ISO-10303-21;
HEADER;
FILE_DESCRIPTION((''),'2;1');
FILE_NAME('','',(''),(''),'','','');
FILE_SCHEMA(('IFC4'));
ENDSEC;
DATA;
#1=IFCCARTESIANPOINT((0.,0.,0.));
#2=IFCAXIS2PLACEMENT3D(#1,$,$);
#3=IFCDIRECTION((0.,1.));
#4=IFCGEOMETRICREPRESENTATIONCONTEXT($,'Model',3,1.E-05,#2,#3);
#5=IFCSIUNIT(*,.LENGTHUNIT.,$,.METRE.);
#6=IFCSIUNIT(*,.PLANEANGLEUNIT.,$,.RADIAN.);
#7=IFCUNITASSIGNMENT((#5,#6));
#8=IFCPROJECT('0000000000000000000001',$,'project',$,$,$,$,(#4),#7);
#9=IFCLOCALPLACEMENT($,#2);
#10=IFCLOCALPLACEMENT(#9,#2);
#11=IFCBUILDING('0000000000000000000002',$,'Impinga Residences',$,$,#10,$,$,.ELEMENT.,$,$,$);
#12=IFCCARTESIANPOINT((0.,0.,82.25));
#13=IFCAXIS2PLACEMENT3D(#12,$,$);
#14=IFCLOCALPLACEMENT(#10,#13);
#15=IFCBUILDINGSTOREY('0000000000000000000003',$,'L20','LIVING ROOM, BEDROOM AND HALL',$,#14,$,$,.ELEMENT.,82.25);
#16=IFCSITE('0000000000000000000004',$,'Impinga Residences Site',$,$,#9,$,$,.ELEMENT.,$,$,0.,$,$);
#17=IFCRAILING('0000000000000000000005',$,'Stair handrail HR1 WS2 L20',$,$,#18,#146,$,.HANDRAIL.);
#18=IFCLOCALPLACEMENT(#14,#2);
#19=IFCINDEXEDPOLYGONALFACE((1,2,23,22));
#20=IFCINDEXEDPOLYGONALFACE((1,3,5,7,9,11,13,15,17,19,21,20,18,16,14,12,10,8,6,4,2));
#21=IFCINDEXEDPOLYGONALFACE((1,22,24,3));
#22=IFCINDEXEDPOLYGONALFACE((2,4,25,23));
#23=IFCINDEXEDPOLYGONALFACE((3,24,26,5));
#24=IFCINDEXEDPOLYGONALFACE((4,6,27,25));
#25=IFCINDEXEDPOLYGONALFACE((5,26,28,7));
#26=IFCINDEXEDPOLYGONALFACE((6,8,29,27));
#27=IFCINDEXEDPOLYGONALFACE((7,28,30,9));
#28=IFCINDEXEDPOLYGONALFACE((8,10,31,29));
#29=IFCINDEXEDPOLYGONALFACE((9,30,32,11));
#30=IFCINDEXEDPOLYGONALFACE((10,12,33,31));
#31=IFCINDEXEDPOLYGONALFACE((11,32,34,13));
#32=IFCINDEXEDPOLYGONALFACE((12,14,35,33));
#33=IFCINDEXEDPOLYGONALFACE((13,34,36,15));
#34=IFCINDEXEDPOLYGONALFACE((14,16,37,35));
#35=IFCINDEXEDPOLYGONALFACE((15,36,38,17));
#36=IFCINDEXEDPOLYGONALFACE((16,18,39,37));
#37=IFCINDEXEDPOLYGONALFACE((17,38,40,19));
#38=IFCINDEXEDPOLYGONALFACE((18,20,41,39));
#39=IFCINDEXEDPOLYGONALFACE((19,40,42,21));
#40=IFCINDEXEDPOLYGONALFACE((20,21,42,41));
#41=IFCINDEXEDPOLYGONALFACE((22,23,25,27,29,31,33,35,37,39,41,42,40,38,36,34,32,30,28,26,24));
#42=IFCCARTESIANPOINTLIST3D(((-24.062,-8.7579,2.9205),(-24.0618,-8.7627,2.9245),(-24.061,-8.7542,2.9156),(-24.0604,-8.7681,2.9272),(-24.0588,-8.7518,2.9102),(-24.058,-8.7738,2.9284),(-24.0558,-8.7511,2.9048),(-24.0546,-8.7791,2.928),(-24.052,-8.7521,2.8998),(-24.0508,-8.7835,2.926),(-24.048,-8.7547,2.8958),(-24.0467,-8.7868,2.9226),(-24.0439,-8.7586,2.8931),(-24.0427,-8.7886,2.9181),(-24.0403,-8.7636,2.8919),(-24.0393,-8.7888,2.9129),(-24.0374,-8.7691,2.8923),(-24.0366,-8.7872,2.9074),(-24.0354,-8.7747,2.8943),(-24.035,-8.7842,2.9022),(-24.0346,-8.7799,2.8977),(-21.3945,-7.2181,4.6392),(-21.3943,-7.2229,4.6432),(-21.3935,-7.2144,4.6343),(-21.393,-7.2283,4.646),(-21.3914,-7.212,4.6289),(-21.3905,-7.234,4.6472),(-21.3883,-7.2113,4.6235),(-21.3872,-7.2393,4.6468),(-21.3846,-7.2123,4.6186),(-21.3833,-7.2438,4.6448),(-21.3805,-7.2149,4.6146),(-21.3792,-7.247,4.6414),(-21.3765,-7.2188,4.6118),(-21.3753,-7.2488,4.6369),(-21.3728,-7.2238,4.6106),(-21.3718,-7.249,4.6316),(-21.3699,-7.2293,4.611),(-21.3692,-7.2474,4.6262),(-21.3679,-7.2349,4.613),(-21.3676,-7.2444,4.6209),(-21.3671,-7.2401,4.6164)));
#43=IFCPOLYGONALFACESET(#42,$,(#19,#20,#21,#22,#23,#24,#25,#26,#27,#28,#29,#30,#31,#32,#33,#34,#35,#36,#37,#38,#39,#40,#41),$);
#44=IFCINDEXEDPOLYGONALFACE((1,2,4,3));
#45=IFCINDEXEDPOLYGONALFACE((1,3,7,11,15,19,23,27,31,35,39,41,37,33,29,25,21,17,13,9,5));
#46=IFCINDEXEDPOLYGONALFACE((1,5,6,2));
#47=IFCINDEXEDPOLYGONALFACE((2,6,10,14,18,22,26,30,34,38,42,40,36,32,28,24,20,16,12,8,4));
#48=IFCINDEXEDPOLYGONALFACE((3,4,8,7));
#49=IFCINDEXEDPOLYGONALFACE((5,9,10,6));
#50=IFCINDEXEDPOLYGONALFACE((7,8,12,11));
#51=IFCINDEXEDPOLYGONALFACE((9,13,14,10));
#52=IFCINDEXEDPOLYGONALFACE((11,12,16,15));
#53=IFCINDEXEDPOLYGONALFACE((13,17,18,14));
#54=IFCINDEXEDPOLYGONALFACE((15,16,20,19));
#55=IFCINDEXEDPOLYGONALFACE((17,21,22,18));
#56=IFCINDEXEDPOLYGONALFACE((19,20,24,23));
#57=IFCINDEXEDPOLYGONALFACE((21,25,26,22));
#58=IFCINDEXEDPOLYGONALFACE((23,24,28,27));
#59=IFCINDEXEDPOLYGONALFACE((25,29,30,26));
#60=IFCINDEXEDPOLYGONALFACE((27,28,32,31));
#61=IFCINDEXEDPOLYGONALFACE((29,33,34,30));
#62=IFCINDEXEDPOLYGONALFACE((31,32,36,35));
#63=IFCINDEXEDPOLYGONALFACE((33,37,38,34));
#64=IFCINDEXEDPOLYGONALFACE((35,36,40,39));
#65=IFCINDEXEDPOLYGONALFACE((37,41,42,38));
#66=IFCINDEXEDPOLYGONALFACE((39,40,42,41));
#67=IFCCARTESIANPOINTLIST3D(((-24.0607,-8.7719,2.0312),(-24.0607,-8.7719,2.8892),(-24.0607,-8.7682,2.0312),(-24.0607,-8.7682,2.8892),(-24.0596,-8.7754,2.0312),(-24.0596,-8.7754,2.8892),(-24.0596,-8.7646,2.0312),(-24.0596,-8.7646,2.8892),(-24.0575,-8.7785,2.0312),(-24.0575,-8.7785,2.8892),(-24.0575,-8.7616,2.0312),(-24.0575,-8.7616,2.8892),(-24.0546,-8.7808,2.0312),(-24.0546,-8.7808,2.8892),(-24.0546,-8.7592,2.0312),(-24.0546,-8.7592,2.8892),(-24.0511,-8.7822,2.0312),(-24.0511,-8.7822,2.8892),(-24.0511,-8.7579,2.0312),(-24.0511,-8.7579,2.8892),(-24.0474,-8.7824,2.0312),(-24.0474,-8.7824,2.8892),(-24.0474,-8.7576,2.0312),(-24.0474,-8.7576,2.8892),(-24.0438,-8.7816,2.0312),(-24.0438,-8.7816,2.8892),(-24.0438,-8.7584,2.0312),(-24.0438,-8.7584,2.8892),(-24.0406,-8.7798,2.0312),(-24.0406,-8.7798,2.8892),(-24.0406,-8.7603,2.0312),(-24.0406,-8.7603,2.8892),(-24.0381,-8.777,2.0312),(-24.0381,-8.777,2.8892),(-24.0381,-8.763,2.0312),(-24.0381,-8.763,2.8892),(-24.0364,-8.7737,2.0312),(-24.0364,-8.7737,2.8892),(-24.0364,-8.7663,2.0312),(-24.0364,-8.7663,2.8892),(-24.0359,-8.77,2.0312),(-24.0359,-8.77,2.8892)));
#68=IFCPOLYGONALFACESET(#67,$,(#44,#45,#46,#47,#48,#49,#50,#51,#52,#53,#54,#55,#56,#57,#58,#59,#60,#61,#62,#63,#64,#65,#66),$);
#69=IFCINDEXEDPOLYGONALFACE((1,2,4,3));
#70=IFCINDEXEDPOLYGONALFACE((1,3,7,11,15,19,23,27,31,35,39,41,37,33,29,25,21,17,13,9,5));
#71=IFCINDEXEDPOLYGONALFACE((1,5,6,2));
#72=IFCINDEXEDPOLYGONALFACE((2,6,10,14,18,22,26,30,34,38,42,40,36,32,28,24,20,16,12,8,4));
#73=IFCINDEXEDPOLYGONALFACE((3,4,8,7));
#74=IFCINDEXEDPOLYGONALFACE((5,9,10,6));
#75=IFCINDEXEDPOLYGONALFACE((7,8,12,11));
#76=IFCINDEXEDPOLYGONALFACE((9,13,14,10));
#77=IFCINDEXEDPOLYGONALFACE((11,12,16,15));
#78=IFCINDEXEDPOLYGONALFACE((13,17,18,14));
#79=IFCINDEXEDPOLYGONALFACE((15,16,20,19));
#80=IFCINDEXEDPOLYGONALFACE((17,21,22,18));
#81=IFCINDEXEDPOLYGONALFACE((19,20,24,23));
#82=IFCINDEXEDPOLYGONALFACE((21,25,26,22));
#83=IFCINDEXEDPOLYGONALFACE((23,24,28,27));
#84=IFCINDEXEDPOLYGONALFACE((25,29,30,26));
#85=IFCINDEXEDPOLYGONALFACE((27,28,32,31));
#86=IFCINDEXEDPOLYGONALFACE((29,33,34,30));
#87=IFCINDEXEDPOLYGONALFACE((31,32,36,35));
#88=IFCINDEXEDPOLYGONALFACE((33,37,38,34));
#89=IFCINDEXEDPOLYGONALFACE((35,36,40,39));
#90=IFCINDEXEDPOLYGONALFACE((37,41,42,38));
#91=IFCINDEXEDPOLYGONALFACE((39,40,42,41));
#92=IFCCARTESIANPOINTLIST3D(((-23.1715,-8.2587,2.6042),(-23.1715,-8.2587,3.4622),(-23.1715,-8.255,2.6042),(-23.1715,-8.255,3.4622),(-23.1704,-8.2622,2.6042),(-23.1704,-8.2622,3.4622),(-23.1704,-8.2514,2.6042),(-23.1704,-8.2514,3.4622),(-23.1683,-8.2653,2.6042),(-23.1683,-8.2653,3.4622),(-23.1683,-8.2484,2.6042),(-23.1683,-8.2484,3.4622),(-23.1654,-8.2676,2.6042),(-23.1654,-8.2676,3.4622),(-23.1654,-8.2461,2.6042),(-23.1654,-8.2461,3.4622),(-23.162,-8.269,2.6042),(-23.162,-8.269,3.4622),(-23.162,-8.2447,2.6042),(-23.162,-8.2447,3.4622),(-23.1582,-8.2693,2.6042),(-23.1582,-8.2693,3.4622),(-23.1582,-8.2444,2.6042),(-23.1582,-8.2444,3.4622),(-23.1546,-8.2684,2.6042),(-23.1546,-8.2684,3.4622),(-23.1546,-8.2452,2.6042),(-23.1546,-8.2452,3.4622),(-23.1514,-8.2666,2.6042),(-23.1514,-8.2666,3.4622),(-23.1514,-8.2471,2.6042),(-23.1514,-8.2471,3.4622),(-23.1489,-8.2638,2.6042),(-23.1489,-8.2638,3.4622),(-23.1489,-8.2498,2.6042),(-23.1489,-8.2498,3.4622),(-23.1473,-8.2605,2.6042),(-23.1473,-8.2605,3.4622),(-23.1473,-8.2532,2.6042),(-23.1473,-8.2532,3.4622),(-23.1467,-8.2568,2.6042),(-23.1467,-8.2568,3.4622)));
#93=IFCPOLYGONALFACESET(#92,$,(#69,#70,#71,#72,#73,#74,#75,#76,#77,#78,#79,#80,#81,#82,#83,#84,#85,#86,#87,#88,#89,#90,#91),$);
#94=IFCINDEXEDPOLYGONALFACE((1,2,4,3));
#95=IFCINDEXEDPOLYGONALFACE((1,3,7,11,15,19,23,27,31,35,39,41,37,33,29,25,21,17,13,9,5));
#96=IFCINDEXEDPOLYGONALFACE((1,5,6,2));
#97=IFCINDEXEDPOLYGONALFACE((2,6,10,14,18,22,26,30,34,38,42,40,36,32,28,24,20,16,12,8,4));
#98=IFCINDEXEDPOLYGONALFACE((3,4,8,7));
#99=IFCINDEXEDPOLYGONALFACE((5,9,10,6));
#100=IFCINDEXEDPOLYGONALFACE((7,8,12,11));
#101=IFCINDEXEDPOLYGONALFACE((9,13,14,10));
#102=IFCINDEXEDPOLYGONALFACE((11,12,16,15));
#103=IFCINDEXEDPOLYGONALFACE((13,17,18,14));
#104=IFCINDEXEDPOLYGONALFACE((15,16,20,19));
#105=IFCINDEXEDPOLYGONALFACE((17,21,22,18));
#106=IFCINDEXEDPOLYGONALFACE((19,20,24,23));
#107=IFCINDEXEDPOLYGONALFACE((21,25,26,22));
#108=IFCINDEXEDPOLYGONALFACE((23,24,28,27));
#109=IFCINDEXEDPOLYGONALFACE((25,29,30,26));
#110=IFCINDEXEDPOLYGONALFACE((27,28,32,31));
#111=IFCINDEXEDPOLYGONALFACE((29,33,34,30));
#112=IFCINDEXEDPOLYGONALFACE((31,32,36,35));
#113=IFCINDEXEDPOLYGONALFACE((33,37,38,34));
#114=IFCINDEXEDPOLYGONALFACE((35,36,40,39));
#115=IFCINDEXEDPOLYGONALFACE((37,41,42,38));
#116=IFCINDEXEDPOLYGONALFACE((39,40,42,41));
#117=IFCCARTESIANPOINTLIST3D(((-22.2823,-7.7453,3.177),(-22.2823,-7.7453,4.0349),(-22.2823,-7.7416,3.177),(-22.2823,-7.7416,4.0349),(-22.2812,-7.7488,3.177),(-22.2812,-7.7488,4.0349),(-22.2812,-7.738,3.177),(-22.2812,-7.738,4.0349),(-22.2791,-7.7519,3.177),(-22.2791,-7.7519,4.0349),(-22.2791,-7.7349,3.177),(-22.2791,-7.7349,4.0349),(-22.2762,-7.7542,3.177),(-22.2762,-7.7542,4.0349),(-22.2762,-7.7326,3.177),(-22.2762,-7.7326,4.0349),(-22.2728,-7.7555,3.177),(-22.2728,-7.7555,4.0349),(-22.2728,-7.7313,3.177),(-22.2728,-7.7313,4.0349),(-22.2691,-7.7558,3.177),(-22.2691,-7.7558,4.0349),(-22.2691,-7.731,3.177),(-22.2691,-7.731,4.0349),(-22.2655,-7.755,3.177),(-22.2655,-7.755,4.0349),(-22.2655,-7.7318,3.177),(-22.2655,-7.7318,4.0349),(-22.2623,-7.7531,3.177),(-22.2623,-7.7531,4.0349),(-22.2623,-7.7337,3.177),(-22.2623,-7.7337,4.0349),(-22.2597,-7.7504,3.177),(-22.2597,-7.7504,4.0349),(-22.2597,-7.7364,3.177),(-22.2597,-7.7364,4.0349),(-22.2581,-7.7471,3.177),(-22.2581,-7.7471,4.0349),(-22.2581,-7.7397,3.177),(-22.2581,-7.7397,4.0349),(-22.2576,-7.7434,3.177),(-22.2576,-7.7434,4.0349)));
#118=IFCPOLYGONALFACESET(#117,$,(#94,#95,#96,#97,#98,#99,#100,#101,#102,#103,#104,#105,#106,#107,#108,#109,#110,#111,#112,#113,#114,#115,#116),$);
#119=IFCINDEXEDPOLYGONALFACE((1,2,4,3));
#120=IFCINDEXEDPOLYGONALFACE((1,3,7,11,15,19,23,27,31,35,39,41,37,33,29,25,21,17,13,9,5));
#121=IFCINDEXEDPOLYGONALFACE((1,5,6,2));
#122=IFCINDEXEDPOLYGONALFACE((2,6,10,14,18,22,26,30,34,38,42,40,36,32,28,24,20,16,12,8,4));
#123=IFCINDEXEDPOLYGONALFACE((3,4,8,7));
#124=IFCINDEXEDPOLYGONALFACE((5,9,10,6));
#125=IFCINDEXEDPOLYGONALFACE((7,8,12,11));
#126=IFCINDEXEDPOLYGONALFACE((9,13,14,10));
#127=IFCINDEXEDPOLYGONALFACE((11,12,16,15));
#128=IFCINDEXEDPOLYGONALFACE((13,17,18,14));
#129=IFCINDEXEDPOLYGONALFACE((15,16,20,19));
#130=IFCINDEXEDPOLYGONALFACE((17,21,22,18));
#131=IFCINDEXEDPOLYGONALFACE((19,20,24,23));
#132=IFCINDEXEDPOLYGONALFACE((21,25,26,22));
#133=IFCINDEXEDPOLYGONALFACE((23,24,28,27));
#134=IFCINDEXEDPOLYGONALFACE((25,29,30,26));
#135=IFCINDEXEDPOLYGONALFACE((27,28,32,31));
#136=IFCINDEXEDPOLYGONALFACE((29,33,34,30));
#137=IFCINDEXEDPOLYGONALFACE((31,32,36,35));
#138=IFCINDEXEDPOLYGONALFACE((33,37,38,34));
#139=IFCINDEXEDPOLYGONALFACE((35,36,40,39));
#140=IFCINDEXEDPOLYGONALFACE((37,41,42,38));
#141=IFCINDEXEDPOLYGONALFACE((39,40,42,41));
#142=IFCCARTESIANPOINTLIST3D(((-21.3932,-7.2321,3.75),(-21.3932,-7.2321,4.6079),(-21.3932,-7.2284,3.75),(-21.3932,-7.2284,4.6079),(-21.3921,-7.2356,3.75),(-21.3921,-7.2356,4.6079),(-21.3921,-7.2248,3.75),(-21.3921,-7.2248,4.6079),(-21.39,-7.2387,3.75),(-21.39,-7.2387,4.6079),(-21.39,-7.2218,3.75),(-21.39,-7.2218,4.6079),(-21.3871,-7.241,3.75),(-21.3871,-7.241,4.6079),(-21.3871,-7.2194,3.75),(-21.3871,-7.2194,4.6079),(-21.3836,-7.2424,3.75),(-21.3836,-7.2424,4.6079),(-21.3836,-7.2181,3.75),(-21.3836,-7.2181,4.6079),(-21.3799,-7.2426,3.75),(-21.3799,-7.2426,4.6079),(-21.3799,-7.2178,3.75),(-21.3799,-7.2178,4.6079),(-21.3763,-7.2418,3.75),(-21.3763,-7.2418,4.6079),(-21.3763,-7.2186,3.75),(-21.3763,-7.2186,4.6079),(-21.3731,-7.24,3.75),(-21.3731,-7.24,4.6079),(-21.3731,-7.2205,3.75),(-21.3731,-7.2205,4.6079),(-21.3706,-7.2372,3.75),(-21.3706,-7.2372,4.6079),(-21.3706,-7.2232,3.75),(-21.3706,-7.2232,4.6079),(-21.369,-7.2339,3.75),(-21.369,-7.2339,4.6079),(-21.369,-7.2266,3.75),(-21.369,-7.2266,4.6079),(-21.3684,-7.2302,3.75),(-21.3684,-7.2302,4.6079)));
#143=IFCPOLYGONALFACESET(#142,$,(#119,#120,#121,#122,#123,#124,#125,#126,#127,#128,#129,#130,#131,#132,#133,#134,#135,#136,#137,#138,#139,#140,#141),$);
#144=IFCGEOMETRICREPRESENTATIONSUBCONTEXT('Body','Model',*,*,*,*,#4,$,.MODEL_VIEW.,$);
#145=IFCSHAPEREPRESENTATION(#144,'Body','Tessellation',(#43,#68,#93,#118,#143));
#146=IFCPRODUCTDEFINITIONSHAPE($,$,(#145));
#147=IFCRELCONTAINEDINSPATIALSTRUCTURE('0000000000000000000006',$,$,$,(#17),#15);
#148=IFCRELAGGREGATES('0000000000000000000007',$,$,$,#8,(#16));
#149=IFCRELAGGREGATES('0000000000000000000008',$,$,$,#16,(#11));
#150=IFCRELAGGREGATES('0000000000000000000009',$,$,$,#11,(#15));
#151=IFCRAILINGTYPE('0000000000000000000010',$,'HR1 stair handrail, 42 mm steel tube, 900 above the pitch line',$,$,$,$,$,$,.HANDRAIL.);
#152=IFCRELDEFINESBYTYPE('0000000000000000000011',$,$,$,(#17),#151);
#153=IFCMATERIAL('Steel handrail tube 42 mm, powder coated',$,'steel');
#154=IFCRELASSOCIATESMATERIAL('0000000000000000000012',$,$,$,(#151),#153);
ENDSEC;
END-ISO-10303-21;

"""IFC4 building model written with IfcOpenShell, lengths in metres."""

from ifc_helpers import new_model, si_unit, direction, frame, origin, origin_2d, place, context, subcontext, project, spatial, circle, extrude, material, type_object, element, save


model = new_model("IFC4")

# Units and contexts
model_context = context("Model", 3, precision=1e-05, world=origin(), true_north=direction((0.0, 1.0)))
body_context = subcontext(model_context, "Body", "Model", "MODEL_VIEW")
ifc_project = project(units=[si_unit("LENGTHUNIT", "METRE"), si_unit("PLANEANGLEUNIT", "RADIAN")], contexts=[model_context])

# Site, building, storey
site_placement = place(None, origin())
site = spatial("IfcSite", under=ifc_project, at=site_placement, Name="Impinga Residences Site", CompositionType="ELEMENT", RefElevation=0.0)
building_placement = place(site_placement, origin())
building = spatial("IfcBuilding", under=site, at=building_placement, Name="Impinga Residences", CompositionType="ELEMENT")
storey_placement = place(building_placement, frame((0.0, 0.0, 82.25)))
storey = spatial("IfcBuildingStorey", under=building, at=storey_placement, Name="L20", Description="LIVING ROOM, BEDROOM AND HALL", CompositionType="ELEMENT", Elevation=82.25)

# Railing
ifc_material_1 = material(Name="Steel handrail tube 42 mm, powder coated", Category="steel")
railing_type_1 = type_object("IfcRailingType", Name="HR1 stair handrail, 42 mm steel tube, 900 above the pitch line", PredefinedType="HANDRAIL", material=ifc_material_1)
railing_1_placement = place(storey_placement, frame((-24.0483, -8.77, 2.0312)))
element("IfcRailing", 1, at=railing_1_placement, inside=storey, type_object=railing_type_1, Name="Stair handrail HR1 WS2 L20", PredefinedType="HANDRAIL", context=body_context, shape_type="SweptSolid", body=[
    extrude(circle(Radius=0.021, at=origin_2d()), frame((0.0, 0.0, 0.8789), z_axis=(0.756279, 0.43656, 0.487297), x_axis=(-0.499933, 0.866064, 0.0)), (0.0, 0.0, 1.0), 3.5271),
    extrude(circle(Radius=0.0125, at=origin_2d()), origin(), (0.0, 0.0, 1.0), 0.8579),
    extrude(circle(Radius=0.0125, at=origin_2d()), frame((0.8892, 0.5132, 0.573)), (0.0, 0.0, 1.0), 0.8579),
    extrude(circle(Radius=0.0125, at=origin_2d()), frame((1.7783, 1.0266, 1.1458)), (0.0, 0.0, 1.0), 0.8579),
    extrude(circle(Radius=0.0125, at=origin_2d()), frame((2.6675, 1.5398, 1.7188)), (0.0, 0.0, 1.0), 0.8579),
])

save(model, "model.ifc")
